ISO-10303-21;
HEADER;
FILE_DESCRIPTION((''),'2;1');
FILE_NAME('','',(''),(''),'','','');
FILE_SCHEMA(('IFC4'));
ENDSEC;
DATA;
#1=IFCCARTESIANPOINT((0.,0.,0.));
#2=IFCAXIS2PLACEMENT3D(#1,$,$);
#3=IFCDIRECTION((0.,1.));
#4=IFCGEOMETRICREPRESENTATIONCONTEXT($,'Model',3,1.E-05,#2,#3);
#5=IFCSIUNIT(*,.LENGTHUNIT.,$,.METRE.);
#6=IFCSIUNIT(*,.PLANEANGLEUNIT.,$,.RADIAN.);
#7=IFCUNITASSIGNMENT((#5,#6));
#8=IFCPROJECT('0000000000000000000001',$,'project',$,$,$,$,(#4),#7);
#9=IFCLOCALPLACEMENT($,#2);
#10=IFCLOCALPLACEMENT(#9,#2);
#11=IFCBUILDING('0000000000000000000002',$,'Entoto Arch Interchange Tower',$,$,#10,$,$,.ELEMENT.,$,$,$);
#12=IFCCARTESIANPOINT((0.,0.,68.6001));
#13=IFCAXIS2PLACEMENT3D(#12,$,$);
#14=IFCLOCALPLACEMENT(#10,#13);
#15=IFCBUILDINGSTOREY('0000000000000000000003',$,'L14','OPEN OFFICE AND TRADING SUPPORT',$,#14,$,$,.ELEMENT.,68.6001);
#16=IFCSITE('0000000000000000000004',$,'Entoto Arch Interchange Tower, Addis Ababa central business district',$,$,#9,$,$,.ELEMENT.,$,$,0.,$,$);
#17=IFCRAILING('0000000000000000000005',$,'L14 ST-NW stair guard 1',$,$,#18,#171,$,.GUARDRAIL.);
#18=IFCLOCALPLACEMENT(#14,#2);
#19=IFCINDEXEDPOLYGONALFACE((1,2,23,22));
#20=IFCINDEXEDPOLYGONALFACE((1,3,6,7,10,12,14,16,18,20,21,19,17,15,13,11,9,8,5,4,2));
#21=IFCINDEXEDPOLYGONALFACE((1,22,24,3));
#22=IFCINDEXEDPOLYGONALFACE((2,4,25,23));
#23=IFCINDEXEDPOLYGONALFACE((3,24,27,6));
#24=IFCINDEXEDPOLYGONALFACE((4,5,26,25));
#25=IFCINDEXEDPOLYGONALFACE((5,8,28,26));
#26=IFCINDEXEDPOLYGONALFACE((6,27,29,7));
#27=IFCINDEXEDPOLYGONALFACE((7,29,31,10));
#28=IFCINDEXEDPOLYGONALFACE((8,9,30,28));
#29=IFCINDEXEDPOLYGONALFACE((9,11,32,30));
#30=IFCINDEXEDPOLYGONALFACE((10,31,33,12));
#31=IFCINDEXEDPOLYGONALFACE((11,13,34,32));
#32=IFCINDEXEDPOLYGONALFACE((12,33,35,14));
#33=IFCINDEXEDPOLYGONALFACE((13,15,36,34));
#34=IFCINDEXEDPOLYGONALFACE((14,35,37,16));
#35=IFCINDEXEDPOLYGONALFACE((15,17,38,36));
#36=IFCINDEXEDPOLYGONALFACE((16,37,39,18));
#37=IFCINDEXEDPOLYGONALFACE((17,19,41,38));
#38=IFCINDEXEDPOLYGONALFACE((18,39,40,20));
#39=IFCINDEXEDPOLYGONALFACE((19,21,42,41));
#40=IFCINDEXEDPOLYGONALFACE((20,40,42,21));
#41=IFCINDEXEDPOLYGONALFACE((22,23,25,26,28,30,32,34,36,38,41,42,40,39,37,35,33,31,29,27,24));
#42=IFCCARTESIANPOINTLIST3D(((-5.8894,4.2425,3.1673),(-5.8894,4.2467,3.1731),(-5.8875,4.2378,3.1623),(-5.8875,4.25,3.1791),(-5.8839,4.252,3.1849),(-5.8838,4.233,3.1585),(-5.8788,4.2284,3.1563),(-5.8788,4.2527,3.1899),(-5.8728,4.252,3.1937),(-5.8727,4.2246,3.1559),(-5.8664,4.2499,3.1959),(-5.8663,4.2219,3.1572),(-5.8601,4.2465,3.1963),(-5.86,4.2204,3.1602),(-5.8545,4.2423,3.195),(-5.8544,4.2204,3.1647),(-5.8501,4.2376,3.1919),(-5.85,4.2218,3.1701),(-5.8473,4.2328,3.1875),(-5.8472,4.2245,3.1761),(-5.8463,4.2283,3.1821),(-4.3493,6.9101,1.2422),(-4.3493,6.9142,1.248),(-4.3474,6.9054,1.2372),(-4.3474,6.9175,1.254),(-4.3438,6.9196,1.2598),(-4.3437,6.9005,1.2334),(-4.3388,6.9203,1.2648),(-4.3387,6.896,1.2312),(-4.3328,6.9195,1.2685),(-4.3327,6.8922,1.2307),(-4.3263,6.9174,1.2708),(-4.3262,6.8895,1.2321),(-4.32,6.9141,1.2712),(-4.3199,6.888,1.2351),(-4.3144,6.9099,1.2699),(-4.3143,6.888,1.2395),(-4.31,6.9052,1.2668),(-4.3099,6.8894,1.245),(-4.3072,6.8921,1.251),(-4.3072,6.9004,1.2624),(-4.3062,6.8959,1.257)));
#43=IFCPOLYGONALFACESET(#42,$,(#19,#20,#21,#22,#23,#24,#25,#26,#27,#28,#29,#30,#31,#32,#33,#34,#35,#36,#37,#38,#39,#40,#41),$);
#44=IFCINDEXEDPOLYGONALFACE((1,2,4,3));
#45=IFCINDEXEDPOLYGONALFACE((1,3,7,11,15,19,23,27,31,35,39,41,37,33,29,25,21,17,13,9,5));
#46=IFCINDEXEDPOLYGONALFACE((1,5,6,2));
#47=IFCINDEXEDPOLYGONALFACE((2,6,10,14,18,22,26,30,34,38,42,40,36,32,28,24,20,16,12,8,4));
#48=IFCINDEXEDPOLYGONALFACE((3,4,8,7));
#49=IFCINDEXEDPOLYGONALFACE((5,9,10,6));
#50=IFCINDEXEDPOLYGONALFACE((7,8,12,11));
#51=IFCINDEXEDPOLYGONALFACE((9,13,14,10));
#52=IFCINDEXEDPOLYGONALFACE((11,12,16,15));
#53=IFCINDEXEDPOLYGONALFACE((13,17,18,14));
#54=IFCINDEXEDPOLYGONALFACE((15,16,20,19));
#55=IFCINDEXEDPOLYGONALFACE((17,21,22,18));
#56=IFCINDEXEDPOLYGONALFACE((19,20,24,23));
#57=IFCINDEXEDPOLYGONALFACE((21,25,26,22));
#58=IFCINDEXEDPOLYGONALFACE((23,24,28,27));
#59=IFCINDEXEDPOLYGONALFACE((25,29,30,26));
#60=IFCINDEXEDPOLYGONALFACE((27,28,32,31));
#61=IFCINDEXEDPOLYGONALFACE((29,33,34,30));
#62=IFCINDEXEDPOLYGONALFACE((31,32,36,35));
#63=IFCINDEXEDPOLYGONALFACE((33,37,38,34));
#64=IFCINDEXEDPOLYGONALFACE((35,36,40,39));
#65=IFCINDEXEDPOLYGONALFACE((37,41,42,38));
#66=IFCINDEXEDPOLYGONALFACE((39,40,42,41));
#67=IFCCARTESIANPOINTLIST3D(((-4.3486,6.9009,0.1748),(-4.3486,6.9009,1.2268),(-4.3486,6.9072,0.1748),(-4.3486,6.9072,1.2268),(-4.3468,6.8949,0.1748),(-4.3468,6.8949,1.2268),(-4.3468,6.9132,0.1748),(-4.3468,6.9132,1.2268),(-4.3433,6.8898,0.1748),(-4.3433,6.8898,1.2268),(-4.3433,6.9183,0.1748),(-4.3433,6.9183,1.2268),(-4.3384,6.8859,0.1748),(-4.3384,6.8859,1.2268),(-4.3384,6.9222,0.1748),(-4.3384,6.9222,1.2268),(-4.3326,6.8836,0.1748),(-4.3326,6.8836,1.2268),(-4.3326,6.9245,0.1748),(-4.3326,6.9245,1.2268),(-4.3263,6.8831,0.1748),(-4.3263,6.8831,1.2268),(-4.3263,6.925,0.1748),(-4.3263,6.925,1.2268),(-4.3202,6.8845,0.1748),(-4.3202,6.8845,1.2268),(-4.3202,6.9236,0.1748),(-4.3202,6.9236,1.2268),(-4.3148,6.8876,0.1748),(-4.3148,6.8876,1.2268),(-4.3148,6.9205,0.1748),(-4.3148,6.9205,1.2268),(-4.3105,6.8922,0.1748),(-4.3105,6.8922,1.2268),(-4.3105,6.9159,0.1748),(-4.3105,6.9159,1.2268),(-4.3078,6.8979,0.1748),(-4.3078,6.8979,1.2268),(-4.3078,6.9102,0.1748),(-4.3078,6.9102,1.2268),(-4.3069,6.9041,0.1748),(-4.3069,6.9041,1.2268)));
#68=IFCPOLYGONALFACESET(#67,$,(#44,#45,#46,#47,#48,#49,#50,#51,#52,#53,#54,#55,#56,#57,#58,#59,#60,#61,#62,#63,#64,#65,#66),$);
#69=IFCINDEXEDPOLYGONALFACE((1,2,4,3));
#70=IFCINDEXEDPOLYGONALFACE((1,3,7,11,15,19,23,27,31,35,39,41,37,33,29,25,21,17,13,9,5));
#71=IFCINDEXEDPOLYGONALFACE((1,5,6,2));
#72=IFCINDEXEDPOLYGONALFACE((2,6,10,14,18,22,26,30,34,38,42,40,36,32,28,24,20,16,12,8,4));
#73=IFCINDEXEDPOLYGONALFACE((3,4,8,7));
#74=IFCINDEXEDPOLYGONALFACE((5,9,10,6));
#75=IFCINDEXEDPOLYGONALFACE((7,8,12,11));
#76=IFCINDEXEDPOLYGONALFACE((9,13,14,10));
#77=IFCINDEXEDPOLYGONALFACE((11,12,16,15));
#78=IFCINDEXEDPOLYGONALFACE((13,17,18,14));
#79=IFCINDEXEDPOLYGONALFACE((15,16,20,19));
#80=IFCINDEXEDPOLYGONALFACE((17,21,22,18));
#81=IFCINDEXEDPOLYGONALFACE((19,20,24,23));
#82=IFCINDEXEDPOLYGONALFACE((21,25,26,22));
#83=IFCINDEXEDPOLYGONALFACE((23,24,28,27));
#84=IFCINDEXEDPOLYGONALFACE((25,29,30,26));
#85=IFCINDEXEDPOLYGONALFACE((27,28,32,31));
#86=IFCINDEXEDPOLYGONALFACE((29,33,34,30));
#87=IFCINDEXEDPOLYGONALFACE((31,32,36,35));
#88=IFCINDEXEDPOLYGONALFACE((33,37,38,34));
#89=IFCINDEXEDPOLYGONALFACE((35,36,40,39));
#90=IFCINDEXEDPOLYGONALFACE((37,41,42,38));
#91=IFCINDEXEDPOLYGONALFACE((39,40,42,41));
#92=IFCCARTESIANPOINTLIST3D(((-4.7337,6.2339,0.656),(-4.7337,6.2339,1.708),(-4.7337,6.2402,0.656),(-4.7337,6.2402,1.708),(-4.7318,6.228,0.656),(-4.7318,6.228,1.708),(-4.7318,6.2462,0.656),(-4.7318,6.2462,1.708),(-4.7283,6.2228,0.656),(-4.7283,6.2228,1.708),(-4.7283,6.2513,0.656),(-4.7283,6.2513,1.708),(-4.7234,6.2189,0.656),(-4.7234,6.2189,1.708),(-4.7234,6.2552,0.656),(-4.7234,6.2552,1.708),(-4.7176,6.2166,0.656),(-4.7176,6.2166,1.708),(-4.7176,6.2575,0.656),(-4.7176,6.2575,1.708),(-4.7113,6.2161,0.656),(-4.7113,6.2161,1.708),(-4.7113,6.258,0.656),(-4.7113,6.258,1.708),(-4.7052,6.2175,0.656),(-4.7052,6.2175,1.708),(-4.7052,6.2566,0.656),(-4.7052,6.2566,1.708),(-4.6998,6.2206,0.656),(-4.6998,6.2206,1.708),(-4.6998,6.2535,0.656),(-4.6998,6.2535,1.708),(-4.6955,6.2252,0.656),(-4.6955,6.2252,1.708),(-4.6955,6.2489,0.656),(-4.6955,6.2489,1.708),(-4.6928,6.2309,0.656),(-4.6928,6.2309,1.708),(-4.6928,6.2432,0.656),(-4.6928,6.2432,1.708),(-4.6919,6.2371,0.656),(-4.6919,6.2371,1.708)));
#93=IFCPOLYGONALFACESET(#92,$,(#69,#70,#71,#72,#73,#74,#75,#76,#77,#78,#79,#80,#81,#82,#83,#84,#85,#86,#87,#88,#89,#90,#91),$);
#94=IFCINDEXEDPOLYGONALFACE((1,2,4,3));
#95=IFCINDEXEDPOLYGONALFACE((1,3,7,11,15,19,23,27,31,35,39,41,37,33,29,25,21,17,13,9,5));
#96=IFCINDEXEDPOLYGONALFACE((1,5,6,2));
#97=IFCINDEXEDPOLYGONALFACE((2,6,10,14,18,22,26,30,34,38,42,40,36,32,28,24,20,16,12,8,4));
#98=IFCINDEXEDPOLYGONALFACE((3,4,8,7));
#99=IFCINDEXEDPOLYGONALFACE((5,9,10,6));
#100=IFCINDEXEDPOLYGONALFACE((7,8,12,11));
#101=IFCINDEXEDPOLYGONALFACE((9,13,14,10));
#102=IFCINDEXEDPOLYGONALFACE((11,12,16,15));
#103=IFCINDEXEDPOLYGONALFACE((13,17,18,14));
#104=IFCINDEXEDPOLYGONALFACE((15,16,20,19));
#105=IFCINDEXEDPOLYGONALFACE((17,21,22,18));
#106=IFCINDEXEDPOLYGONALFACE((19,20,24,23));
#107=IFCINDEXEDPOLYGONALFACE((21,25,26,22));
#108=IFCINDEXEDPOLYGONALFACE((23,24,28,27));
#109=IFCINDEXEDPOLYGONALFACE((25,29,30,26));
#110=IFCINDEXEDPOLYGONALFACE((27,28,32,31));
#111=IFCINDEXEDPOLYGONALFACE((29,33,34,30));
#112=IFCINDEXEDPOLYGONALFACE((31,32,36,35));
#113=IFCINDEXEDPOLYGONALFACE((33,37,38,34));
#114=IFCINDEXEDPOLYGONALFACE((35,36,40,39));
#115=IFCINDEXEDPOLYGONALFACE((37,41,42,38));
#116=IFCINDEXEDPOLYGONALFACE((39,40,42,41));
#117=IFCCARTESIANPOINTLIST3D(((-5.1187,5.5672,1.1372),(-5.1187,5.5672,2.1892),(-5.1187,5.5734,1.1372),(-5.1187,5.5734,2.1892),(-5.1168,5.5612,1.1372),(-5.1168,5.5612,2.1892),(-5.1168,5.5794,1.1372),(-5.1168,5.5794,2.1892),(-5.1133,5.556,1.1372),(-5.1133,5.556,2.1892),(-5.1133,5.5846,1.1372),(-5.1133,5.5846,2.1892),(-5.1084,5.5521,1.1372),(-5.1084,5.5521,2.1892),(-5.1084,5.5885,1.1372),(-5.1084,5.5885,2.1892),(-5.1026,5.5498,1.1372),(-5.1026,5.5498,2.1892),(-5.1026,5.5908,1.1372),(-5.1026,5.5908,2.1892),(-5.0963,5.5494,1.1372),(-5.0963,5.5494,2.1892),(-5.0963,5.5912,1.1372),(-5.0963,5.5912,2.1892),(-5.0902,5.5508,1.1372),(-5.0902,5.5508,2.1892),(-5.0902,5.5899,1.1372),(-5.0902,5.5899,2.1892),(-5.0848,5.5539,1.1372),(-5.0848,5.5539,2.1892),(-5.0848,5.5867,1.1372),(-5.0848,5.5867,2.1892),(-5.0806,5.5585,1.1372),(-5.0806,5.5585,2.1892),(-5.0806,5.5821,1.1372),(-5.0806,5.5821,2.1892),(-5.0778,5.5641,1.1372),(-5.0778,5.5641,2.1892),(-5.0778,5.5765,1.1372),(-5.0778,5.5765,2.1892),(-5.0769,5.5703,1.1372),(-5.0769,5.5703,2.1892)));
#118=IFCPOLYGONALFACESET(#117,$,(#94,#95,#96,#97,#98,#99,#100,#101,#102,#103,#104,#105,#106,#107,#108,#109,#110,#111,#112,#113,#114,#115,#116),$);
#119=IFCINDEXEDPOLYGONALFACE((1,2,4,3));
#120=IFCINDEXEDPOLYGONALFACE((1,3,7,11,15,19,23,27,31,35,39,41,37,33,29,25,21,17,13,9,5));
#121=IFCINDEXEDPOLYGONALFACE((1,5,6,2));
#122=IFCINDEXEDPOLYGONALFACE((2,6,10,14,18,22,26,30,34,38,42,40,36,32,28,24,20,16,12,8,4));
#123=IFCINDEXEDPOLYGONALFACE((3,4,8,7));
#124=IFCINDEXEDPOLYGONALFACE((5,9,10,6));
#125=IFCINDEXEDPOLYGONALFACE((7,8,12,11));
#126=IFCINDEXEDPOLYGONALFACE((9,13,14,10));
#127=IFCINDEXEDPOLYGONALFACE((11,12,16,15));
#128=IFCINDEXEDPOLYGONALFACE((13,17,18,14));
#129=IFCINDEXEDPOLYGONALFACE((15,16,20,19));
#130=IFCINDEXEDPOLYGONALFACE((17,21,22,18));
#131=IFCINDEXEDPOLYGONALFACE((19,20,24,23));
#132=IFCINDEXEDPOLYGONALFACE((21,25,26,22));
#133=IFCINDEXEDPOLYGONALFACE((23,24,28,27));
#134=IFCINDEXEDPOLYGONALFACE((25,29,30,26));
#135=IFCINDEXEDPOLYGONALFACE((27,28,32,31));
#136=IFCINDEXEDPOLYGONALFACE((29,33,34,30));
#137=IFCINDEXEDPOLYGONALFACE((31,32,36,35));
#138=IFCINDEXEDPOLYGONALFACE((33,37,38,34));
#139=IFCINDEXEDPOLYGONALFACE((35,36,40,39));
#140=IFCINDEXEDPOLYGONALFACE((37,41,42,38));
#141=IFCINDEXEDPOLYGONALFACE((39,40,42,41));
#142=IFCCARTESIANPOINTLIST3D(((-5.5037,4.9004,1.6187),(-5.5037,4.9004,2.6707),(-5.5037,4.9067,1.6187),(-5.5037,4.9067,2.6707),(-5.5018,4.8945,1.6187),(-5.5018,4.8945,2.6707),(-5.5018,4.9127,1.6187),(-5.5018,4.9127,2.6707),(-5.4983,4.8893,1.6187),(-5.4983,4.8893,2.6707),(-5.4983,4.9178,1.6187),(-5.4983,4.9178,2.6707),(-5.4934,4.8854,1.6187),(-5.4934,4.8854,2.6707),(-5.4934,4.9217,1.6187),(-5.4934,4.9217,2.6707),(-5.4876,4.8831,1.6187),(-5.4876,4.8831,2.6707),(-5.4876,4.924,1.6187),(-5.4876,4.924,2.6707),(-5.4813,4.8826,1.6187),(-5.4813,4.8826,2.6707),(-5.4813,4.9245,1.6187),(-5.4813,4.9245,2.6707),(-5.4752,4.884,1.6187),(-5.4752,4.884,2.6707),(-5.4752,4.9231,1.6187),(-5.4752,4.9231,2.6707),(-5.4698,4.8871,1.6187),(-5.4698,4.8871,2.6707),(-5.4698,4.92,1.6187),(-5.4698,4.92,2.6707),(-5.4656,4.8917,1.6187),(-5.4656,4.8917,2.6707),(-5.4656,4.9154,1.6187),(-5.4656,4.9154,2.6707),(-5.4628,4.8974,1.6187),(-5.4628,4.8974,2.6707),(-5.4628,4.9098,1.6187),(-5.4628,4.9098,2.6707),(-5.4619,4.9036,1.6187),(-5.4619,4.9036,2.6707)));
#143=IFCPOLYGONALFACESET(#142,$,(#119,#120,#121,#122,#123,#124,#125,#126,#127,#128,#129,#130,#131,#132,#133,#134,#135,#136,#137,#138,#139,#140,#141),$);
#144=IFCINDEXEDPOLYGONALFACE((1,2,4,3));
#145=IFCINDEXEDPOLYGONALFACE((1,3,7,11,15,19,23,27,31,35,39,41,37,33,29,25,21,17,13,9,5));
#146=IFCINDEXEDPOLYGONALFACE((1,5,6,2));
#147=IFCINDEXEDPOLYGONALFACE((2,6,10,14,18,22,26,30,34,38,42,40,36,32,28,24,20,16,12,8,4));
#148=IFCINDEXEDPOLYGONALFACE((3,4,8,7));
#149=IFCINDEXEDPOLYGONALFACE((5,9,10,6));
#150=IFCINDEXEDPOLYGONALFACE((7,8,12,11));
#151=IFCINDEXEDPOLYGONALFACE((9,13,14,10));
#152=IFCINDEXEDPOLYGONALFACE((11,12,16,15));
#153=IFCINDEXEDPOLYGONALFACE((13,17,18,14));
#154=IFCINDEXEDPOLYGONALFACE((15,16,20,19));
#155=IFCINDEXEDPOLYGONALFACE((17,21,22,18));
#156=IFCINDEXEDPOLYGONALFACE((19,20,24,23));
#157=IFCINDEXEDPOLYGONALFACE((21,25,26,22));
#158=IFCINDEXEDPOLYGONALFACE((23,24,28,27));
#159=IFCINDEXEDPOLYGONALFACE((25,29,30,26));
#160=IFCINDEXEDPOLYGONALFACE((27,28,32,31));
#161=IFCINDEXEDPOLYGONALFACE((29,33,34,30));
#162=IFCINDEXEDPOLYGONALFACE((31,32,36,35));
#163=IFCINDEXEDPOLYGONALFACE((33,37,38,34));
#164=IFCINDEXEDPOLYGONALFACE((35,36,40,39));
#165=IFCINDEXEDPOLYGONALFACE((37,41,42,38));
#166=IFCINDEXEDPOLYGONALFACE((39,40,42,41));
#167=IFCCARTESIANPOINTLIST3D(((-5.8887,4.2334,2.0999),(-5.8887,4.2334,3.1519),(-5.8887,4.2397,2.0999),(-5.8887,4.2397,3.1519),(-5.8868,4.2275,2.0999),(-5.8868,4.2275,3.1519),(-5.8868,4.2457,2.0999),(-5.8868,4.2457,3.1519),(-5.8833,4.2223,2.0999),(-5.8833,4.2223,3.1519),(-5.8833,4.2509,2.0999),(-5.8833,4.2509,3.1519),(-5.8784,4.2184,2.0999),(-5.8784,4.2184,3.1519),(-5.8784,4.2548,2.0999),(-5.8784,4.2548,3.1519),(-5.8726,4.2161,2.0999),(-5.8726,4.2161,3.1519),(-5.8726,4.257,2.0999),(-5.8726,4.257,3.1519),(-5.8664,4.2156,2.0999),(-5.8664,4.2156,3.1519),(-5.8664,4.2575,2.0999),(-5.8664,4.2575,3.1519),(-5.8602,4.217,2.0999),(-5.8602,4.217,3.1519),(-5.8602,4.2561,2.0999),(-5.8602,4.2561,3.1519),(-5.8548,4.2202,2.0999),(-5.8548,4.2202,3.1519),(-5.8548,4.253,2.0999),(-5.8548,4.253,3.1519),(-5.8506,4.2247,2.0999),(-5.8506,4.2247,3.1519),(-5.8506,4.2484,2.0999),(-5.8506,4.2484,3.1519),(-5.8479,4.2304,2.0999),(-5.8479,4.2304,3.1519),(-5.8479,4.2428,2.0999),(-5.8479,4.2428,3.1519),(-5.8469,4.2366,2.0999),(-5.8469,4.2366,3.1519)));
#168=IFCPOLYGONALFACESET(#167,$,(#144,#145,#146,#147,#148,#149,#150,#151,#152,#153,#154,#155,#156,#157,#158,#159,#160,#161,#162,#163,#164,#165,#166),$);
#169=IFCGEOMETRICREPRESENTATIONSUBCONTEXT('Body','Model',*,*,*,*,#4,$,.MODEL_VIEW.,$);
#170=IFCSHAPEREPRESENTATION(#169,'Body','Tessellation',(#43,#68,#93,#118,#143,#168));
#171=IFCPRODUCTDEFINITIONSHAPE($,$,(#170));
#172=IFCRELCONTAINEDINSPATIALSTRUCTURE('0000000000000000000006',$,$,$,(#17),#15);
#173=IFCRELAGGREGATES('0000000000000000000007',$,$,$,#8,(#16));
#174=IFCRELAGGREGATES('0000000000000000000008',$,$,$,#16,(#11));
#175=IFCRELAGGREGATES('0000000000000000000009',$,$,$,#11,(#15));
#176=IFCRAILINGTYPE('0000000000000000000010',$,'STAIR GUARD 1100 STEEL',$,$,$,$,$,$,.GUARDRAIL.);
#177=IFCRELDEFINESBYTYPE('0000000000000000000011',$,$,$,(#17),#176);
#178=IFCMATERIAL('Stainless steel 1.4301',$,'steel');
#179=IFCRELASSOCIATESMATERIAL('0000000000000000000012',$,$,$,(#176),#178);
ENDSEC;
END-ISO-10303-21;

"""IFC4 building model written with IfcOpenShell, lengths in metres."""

from ifc_helpers import new_model, si_unit, direction, frame, origin, origin_2d, place, context, subcontext, project, spatial, circle, extrude, material, type_object, element, save


model = new_model("IFC4")

# Units and contexts
model_context = context("Model", 3, precision=1e-05, world=origin(), true_north=direction((0.0, 1.0)))
body_context = subcontext(model_context, "Body", "Model", "MODEL_VIEW")
ifc_project = project(units=[si_unit("LENGTHUNIT", "METRE"), si_unit("PLANEANGLEUNIT", "RADIAN")], contexts=[model_context])

# Site, building, storey
site_placement = place(None, origin())
site = spatial("IfcSite", under=ifc_project, at=site_placement, Name="Entoto Arch Interchange Tower, Addis Ababa central business district", CompositionType="ELEMENT", RefElevation=0.0)
building_placement = place(site_placement, origin())
building = spatial("IfcBuilding", under=site, at=building_placement, Name="Entoto Arch Interchange Tower", CompositionType="ELEMENT")
storey_placement = place(building_placement, frame((0.0, 0.0, 68.6001)))
storey = spatial("IfcBuildingStorey", under=building, at=storey_placement, Name="L14", Description="OPEN OFFICE AND TRADING SUPPORT", CompositionType="ELEMENT", Elevation=68.6001)

# Railing
ifc_material_1 = material(Name="Stainless steel 1.4301", Category="steel")
railing_type_1 = type_object("IfcRailingType", Name="STAIR GUARD 1100 STEEL", PredefinedType="GUARDRAIL", material=ifc_material_1)
railing_1_placement = place(storey_placement, frame((-4.3279, 6.9041, 0.1748)))
element("IfcRailing", 1, at=railing_1_placement, inside=storey, type_object=railing_type_1, Name="L14 ST-NW stair guard 1", PredefinedType="GUARDRAIL", context=body_context, shape_type="SweptSolid", body=[
    extrude(circle(Radius=0.0239, at=origin_2d()), frame((0.0, 0.0, 1.0762), z_axis=(-0.423994, -0.734395, 0.529993), x_axis=(0.86603, -0.499992, 0.0)), (0.0, 0.0, 1.0), 3.6323),
    extrude(circle(Radius=0.021, at=origin_2d()), origin(), (0.0, 0.0, 1.0), 1.052),
    extrude(circle(Radius=0.021, at=origin_2d()), frame((-0.385, -0.667, 0.4812)), (0.0, 0.0, 1.0), 1.052),
    extrude(circle(Radius=0.021, at=origin_2d()), frame((-0.77, -1.3337, 0.9624)), (0.0, 0.0, 1.0), 1.052),
    extrude(circle(Radius=0.021, at=origin_2d()), frame((-1.155, -2.0005, 1.4438)), (0.0, 0.0, 1.0), 1.052),
    extrude(circle(Radius=0.021, at=origin_2d()), frame((-1.54, -2.6675, 1.925)), (0.0, 0.0, 1.0), 1.052),
])

save(model, "model.ifc")
